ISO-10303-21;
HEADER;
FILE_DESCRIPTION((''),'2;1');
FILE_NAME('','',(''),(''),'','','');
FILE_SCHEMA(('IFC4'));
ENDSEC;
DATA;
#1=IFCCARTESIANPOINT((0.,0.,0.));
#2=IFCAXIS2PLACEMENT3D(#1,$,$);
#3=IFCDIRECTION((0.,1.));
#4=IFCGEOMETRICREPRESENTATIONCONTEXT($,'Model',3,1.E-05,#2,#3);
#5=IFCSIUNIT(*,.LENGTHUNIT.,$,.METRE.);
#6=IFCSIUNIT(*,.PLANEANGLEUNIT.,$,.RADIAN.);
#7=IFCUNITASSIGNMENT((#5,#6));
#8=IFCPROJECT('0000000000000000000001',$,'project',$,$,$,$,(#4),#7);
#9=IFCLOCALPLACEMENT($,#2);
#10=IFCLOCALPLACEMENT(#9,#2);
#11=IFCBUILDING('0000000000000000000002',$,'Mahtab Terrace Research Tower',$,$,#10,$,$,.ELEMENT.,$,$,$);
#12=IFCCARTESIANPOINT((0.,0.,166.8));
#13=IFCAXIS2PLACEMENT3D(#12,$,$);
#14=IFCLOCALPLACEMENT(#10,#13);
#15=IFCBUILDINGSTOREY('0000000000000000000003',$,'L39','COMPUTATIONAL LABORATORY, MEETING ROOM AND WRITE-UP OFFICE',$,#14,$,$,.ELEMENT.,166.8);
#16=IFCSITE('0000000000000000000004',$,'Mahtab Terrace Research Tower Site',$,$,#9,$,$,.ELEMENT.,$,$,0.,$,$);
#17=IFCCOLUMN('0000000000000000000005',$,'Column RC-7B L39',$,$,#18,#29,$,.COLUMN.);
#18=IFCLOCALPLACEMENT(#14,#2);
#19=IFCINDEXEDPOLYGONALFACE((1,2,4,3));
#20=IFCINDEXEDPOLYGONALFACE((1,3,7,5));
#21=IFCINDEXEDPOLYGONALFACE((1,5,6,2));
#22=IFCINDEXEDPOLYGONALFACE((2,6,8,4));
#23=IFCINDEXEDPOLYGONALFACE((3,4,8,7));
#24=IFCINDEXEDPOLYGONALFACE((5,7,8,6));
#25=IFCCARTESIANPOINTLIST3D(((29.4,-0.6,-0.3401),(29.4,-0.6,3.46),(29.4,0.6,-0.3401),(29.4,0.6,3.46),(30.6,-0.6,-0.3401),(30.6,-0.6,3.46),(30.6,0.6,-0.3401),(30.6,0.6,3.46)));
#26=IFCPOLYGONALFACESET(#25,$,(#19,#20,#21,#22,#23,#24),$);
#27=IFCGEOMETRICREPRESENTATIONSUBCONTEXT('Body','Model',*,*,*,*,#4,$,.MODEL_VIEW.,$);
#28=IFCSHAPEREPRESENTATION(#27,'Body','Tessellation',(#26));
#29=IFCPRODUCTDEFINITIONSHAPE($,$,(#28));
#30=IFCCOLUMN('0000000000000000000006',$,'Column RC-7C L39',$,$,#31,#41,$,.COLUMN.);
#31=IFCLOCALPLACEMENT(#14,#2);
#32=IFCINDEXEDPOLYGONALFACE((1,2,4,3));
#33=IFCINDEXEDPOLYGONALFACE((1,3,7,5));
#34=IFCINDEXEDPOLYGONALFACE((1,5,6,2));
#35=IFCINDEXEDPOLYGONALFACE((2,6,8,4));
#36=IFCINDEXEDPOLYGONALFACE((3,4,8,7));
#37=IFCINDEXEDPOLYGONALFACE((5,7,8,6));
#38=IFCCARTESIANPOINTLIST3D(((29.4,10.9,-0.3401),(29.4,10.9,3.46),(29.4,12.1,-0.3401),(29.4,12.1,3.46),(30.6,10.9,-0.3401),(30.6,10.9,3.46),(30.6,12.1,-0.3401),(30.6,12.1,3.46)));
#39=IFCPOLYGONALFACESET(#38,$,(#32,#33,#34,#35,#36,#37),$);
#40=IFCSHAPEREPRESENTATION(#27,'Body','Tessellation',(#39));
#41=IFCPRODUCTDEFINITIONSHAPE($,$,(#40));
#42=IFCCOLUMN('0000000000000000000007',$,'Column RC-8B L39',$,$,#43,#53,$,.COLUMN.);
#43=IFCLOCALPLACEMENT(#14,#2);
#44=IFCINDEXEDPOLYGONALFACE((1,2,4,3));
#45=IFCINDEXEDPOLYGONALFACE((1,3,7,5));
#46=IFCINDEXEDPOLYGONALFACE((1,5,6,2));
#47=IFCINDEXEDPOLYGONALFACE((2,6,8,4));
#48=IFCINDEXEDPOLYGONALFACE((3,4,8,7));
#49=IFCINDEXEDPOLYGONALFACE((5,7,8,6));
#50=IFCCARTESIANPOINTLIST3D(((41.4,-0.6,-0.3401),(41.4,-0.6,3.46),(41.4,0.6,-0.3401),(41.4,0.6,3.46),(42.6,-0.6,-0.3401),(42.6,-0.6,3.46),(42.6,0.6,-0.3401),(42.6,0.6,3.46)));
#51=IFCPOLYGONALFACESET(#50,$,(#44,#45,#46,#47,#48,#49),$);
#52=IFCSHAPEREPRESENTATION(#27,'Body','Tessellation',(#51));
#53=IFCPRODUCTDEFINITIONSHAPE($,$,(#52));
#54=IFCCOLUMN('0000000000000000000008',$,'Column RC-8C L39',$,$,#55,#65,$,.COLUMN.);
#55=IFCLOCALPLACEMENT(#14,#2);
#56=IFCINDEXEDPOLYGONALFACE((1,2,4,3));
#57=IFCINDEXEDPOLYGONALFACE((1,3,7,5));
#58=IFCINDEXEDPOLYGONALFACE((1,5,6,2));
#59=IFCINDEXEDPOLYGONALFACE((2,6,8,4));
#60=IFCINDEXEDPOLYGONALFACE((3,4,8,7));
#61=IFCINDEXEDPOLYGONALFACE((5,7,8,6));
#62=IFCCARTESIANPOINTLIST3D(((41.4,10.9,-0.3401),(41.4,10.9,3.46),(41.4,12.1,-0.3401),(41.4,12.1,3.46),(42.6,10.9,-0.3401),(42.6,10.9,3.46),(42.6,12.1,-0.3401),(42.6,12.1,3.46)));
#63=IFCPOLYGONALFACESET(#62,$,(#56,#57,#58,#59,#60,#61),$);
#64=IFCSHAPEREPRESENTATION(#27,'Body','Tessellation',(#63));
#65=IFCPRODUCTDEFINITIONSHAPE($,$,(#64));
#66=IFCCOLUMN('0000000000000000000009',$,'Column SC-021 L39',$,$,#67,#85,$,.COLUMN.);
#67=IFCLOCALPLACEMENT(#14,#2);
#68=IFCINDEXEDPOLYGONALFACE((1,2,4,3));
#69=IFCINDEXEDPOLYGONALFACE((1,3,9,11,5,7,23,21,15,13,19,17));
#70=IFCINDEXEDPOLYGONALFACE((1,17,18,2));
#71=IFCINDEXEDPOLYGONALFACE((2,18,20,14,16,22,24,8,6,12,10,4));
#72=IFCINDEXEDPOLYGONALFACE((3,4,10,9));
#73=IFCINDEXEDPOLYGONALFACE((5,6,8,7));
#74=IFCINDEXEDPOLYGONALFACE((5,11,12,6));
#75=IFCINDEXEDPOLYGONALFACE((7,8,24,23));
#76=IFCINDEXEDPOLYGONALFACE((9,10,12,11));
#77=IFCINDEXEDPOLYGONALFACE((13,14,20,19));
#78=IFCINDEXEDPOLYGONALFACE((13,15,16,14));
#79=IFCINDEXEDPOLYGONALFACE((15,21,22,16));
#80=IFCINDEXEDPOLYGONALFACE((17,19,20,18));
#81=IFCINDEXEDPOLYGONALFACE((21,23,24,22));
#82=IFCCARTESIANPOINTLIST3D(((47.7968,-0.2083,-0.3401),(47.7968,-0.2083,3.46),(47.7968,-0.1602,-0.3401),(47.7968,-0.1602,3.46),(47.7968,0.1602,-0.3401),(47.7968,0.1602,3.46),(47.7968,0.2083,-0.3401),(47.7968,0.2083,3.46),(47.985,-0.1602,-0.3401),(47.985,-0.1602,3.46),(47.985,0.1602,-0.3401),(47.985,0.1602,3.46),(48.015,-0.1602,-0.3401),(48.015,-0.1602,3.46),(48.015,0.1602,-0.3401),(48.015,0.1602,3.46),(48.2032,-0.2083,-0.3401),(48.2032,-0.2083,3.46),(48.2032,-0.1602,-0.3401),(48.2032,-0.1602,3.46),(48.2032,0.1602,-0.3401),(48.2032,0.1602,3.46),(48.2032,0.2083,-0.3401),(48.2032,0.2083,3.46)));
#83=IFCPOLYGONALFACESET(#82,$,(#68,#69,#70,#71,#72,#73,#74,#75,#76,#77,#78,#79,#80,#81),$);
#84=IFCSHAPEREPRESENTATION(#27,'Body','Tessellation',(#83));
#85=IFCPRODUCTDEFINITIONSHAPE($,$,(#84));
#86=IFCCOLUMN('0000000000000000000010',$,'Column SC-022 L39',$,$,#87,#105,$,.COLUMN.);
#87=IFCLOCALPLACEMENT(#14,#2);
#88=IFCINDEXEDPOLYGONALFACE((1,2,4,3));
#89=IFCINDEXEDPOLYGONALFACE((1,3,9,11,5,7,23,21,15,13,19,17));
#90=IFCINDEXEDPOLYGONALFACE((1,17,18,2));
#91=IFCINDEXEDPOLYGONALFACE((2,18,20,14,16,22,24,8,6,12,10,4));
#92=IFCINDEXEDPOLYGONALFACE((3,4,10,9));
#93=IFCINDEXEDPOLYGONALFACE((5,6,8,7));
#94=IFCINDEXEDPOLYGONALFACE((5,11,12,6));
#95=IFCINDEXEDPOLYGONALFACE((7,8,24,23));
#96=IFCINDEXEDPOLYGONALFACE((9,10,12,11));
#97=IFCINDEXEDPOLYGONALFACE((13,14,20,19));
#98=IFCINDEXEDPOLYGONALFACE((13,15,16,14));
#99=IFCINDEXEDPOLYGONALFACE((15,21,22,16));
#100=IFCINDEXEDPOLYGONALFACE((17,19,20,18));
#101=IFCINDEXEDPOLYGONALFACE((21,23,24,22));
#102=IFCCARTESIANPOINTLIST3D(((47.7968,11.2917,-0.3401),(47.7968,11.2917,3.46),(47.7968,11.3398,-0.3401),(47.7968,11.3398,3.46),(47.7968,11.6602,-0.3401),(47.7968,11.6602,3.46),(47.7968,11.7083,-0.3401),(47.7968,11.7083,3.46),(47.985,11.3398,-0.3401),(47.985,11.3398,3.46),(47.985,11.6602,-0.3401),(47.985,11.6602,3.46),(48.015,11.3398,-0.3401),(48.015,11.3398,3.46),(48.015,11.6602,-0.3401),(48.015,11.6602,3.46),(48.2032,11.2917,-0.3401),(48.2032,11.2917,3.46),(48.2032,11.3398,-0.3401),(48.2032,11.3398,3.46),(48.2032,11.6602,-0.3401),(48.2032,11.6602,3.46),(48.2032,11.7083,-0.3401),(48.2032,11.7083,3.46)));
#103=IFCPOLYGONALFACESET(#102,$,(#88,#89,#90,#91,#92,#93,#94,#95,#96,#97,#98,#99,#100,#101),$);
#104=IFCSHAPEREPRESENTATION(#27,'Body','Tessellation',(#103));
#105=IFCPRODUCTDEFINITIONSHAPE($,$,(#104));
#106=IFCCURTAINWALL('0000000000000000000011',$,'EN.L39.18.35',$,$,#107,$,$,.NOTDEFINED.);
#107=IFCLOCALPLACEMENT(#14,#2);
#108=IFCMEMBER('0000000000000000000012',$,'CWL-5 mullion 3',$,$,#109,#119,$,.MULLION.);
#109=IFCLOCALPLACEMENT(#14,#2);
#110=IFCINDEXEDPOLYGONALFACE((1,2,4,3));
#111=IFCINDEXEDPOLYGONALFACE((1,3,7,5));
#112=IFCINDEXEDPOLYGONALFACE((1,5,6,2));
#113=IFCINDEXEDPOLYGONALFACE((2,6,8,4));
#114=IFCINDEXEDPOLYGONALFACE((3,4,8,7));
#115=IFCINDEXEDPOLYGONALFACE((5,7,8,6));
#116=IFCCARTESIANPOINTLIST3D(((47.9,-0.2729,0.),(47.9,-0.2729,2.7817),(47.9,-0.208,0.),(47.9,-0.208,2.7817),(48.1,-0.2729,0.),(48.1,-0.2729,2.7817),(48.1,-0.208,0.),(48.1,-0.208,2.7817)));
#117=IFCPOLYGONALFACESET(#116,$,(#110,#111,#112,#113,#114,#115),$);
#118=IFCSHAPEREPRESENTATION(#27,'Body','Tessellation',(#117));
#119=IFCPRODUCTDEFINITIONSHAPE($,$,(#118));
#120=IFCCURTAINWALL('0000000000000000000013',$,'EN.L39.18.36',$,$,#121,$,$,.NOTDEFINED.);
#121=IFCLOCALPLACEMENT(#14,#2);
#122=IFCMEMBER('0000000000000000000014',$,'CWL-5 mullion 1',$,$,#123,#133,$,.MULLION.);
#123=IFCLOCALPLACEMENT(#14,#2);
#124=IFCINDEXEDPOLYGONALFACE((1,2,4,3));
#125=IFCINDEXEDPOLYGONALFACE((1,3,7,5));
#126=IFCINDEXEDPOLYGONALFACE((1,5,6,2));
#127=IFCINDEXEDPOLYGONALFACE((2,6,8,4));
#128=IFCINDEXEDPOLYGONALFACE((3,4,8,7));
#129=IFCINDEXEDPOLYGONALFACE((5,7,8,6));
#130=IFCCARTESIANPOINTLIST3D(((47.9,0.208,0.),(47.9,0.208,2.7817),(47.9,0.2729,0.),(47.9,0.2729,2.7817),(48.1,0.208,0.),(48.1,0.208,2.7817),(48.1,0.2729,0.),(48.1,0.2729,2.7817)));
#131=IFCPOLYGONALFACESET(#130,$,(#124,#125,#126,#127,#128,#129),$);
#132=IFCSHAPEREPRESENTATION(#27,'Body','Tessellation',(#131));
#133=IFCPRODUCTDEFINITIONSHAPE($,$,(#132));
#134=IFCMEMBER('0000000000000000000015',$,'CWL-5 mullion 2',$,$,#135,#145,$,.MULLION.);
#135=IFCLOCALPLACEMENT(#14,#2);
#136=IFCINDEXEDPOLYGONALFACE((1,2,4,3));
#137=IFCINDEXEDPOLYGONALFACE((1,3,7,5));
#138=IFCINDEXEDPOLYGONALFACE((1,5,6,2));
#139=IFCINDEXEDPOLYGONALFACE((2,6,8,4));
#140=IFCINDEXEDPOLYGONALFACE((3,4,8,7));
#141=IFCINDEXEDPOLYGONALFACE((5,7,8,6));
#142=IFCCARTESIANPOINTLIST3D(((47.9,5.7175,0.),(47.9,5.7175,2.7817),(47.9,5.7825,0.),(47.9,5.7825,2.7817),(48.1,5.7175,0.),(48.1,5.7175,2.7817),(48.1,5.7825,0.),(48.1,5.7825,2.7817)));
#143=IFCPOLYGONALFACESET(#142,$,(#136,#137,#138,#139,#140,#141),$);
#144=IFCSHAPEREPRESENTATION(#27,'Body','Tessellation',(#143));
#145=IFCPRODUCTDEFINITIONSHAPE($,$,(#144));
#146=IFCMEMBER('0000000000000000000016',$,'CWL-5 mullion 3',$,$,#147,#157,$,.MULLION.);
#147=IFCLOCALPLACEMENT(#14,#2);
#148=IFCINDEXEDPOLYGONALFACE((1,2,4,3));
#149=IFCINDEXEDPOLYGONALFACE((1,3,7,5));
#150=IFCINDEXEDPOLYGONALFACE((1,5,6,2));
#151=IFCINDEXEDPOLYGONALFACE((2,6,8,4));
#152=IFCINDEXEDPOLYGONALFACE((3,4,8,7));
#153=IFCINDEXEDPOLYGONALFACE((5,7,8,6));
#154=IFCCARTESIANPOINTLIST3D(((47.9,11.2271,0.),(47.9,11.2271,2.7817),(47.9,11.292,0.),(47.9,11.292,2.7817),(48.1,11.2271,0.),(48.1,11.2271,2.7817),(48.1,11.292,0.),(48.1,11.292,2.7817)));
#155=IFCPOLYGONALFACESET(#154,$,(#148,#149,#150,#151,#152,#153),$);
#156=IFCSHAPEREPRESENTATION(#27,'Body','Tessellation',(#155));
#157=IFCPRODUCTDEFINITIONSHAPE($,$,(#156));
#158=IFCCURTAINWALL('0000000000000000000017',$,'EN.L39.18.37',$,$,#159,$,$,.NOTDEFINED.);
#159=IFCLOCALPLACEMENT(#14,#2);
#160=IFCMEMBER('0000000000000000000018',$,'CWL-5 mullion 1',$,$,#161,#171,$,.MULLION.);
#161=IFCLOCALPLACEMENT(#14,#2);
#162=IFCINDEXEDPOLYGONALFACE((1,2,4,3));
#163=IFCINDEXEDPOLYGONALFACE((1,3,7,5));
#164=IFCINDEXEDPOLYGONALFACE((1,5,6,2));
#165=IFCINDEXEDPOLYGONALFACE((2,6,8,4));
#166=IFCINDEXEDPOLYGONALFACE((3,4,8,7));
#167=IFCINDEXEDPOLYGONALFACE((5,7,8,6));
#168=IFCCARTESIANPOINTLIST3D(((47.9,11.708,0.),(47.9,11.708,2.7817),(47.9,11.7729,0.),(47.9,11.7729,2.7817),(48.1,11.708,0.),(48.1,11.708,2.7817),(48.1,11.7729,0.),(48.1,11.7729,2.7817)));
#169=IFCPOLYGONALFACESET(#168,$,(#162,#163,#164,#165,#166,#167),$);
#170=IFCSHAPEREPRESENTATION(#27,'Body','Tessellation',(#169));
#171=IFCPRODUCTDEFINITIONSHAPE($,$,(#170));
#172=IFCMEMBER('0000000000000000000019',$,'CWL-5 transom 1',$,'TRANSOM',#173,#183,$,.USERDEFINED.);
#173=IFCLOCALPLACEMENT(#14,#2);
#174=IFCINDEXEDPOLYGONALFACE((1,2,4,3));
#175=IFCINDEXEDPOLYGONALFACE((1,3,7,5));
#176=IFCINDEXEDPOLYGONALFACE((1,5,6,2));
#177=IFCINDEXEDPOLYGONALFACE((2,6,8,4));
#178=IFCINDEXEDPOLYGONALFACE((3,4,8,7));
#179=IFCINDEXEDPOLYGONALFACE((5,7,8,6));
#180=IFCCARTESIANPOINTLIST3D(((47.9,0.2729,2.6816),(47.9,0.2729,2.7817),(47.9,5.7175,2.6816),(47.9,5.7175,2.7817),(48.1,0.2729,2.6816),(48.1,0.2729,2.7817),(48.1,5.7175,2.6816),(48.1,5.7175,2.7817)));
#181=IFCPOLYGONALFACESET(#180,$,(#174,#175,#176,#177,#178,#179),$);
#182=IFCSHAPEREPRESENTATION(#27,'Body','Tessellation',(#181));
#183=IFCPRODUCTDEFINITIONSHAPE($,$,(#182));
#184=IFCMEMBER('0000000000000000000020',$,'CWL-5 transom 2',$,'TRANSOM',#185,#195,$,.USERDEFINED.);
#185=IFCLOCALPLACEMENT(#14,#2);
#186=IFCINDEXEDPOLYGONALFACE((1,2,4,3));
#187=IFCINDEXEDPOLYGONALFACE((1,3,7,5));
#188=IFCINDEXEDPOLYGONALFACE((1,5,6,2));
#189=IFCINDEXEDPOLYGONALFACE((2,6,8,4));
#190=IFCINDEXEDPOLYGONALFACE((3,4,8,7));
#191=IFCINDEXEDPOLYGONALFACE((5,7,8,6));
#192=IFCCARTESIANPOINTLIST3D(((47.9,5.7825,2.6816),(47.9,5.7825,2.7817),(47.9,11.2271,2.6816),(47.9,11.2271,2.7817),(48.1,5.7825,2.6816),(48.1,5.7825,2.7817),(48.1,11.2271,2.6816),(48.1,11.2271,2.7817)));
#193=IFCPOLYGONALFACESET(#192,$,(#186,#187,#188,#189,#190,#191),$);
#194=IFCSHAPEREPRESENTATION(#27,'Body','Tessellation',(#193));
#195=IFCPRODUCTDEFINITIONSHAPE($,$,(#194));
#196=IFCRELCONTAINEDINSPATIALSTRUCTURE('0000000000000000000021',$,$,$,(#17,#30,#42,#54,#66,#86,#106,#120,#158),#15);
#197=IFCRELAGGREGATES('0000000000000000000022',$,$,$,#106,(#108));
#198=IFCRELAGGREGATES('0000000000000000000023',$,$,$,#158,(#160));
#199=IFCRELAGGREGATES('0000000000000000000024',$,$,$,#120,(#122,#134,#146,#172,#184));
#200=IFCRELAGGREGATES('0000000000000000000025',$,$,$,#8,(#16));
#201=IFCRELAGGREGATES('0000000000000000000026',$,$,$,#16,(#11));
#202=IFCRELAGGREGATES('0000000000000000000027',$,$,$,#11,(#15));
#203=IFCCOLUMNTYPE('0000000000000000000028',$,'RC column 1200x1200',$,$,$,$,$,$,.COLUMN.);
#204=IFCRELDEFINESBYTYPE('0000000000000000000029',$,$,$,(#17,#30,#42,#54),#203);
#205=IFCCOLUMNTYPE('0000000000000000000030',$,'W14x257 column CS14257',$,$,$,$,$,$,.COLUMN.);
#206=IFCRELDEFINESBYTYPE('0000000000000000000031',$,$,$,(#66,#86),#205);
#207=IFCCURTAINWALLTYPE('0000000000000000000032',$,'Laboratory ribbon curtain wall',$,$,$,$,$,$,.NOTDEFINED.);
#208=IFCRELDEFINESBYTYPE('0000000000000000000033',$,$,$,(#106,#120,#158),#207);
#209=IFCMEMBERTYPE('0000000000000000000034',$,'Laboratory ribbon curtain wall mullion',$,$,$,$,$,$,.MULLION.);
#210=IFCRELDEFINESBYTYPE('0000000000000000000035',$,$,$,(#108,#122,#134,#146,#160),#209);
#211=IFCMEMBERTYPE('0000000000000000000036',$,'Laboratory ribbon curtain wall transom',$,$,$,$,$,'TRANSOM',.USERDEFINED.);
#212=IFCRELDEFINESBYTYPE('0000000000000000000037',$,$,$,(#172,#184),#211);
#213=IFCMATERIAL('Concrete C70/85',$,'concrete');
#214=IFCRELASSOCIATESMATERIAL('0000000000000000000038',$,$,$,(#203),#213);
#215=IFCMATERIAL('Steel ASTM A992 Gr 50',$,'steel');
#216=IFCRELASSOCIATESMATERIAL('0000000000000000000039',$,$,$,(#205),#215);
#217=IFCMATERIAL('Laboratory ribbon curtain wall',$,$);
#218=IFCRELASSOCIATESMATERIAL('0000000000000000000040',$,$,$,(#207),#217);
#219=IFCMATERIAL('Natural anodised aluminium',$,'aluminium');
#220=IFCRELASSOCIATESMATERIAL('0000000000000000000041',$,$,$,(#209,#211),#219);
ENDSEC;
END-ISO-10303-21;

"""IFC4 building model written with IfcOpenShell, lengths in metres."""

from ifc_helpers import new_model, si_unit, direction, frame, origin, origin_2d, place, context, subcontext, project, spatial, rectangle, i_section, extrude, material, material_profile, profile_set, type_object, element, aggregate, save


model = new_model("IFC4")

# Units and contexts
model_context = context("Model", 3, precision=1e-05, world=origin(), true_north=direction((0.0, 1.0)))
body_context = subcontext(model_context, "Body", "Model", "MODEL_VIEW")
ifc_project = project(units=[si_unit("LENGTHUNIT", "METRE"), si_unit("PLANEANGLEUNIT", "RADIAN")], contexts=[model_context])

# Site, building, storey
site_placement = place(None, origin())
site = spatial("IfcSite", under=ifc_project, at=site_placement, Name="Mahtab Terrace Research Tower Site", CompositionType="ELEMENT", RefElevation=0.0)
building_placement = place(site_placement, origin())
building = spatial("IfcBuilding", under=site, at=building_placement, Name="Mahtab Terrace Research Tower", CompositionType="ELEMENT")
storey_placement = place(building_placement, frame((0.0, 0.0, 166.8)))
storey = spatial("IfcBuildingStorey", under=building, at=storey_placement, Name="L39", Description="COMPUTATIONAL LABORATORY, MEETING ROOM AND WRITE-UP OFFICE", CompositionType="ELEMENT", Elevation=166.8)

# Columns
ifc_material_1 = material(Name="Concrete C70/85", Category="concrete")
ifc_material_profile_1 = material_profile(ifc_material_1, rectangle(XDim=1.2, YDim=1.2, at=origin_2d()), Name="RC column 1200x1200")
ifc_profile_set_1 = profile_set([ifc_material_profile_1], Name="Concrete C70/85")
column_type_1 = type_object("IfcColumnType", Name="RC column 1200x1200", PredefinedType="COLUMN", material=ifc_profile_set_1)
for number, where, z_axis, x_axis, name in (
    (1, (30.0, 0.0, -0.3401), (0.0, 0.0, 1.0), (1.0, 0.0, 0.0), "Column RC-7B L39"),
    (2, (30.0, 11.5, -0.3401), (0.0, 0.0, 1.0), (1.0, 0.0, 0.0), "Column RC-7C L39"),
    (3, (42.0, 0.0, -0.3401), (0.0, 0.0, 1.0), (1.0, 0.0, 0.0), "Column RC-8B L39"),
    (4, (42.0, 11.5, -0.3401), (0.0, 0.0, 1.0), (1.0, 0.0, 0.0), "Column RC-8C L39"),
):
    element("IfcColumn", number, at=place(storey_placement, frame(where, z_axis=z_axis, x_axis=x_axis)), inside=storey, type_object=column_type_1, Name=name, PredefinedType="COLUMN", context=body_context, shape_type="SweptSolid", body=[
        extrude(rectangle(XDim=1.2, YDim=1.2, at=origin_2d()), origin(), (0.0, 0.0, 1.0), 3.8),
    ])
ifc_material_2 = material(Name="Steel ASTM A992 Gr 50", Category="steel")
ifc_material_profile_2 = material_profile(ifc_material_2, i_section(OverallWidth=0.4065, OverallDepth=0.4165, WebThickness=0.03, FlangeThickness=0.0481, at=origin_2d()), Name="W14X257")
ifc_profile_set_2 = profile_set([ifc_material_profile_2], Name="Steel ASTM A992 Gr 50")
column_type_2 = type_object("IfcColumnType", Name="W14x257 column CS14257", PredefinedType="COLUMN", material=ifc_profile_set_2)
for number, where, z_axis, x_axis, name in (
    (5, (48.0, 0.0, -0.3401), (0.0, 0.0, 1.0), (1.0, 0.0, 0.0), "Column SC-021 L39"),
    (6, (48.0, 11.5, -0.3401), (0.0, 0.0, 1.0), (1.0, 0.0, 0.0), "Column SC-022 L39"),
):
    element("IfcColumn", number, at=place(storey_placement, frame(where, z_axis=z_axis, x_axis=x_axis)), inside=storey, type_object=column_type_2, Name=name, PredefinedType="COLUMN", context=body_context, shape_type="SweptSolid", body=[
        extrude(i_section(OverallWidth=0.4065, OverallDepth=0.4165, WebThickness=0.03, FlangeThickness=0.0481, at=origin_2d()), origin(), (0.0, 0.0, 1.0), 3.8),
    ])

# Curtain wall, member
ifc_material_3 = material(Name="Laboratory ribbon curtain wall")
curtain_wall_type = type_object("IfcCurtainWallType", Name="Laboratory ribbon curtain wall", PredefinedType="NOTDEFINED", material=ifc_material_3)
curtain_wall_1_placement = place(storey_placement, origin())
curtain_wall_1 = element("IfcCurtainWall", 7, at=curtain_wall_1_placement, inside=storey, type_object=curtain_wall_type, Name="EN.L39.18.35", PredefinedType="NOTDEFINED")
ifc_material_4 = material(Name="Natural anodised aluminium", Category="aluminium")
ifc_material_profile_3 = material_profile(ifc_material_4, rectangle(XDim=0.2, YDim=0.0649, at=origin_2d()), Name="MULLION 65x200")
ifc_profile_set_3 = profile_set([ifc_material_profile_3], Name="Natural anodised aluminium")
member_type_1 = type_object("IfcMemberType", Name="Laboratory ribbon curtain wall mullion", PredefinedType="MULLION", material=ifc_profile_set_3)
member_1_placement = place(storey_placement, frame((48.0, -0.2405, 0.0), z_axis=(0.0, 0.0, 1.0), x_axis=(-1.0, 0.0, 0.0)))
member_1 = element("IfcMember", 8, at=member_1_placement, type_object=member_type_1, Name="CWL-5 mullion 3", PredefinedType="MULLION", context=body_context, shape_type="SweptSolid", body=[
    extrude(rectangle(XDim=0.2, YDim=0.0649, at=origin_2d()), origin(), (0.0, 0.0, 1.0), 2.7817),
])
aggregate(curtain_wall_1, [member_1])

# Curtain wall, members
curtain_wall_2_placement = place(storey_placement, origin())
curtain_wall_2 = element("IfcCurtainWall", 9, at=curtain_wall_2_placement, inside=storey, type_object=curtain_wall_type, Name="EN.L39.18.36", PredefinedType="NOTDEFINED")
member_2_placement = place(storey_placement, frame((48.0, 0.2405, 0.0), z_axis=(0.0, 0.0, 1.0), x_axis=(-1.0, 0.0, 0.0)))
member_2 = element("IfcMember", 10, at=member_2_placement, type_object=member_type_1, Name="CWL-5 mullion 1", PredefinedType="MULLION", context=body_context, shape_type="SweptSolid", body=[
    extrude(rectangle(XDim=0.2, YDim=0.0649, at=origin_2d()), origin(), (0.0, 0.0, 1.0), 2.7817),
])
member_3_placement = place(storey_placement, frame((48.0, 5.75, 0.0), z_axis=(0.0, 0.0, 1.0), x_axis=(-1.0, 0.0, 0.0)))
member_3 = element("IfcMember", 11, at=member_3_placement, type_object=member_type_1, Name="CWL-5 mullion 2", PredefinedType="MULLION", context=body_context, shape_type="SweptSolid", body=[
    extrude(rectangle(XDim=0.2, YDim=0.0649, at=origin_2d()), origin(), (0.0, 0.0, 1.0), 2.7817),
])
member_4_placement = place(storey_placement, frame((48.0, 11.2595, 0.0), z_axis=(0.0, 0.0, 1.0), x_axis=(-1.0, 0.0, 0.0)))
member_4 = element("IfcMember", 12, at=member_4_placement, type_object=member_type_1, Name="CWL-5 mullion 3", PredefinedType="MULLION", context=body_context, shape_type="SweptSolid", body=[
    extrude(rectangle(XDim=0.2, YDim=0.0649, at=origin_2d()), origin(), (0.0, 0.0, 1.0), 2.7817),
])

# Curtain wall, member
curtain_wall_3_placement = place(storey_placement, origin())
curtain_wall_3 = element("IfcCurtainWall", 13, at=curtain_wall_3_placement, inside=storey, type_object=curtain_wall_type, Name="EN.L39.18.37", PredefinedType="NOTDEFINED")
member_5_placement = place(storey_placement, frame((48.0, 11.7405, 0.0), z_axis=(0.0, 0.0, 1.0), x_axis=(-1.0, 0.0, 0.0)))
member_5 = element("IfcMember", 14, at=member_5_placement, type_object=member_type_1, Name="CWL-5 mullion 1", PredefinedType="MULLION", context=body_context, shape_type="SweptSolid", body=[
    extrude(rectangle(XDim=0.2, YDim=0.0649, at=origin_2d()), origin(), (0.0, 0.0, 1.0), 2.7817),
])
aggregate(curtain_wall_3, [member_5])

# Members
ifc_material_profile_4 = material_profile(ifc_material_4, rectangle(XDim=0.2, YDim=0.1001, at=origin_2d()), Name="TRANSOM 100x200")
ifc_profile_set_4 = profile_set([ifc_material_profile_4], Name="Natural anodised aluminium")
member_type_2 = type_object("IfcMemberType", Name="Laboratory ribbon curtain wall transom", ElementType="TRANSOM", PredefinedType="USERDEFINED", material=ifc_profile_set_4)
member_6_placement = place(storey_placement, frame((48.0, 0.2729, 2.7317), z_axis=(0.0, 1.0, 0.0), x_axis=(-1.0, 0.0, 0.0)))
member_6 = element("IfcMember", 15, at=member_6_placement, type_object=member_type_2, Name="CWL-5 transom 1", ObjectType="TRANSOM", PredefinedType="USERDEFINED", context=body_context, shape_type="SweptSolid", body=[
    extrude(rectangle(XDim=0.2, YDim=0.1001, at=origin_2d()), origin(), (0.0, 0.0, 1.0), 5.4446),
])
member_7_placement = place(storey_placement, frame((48.0, 5.7825, 2.7317), z_axis=(0.0, 1.0, 0.0), x_axis=(-1.0, 0.0, 0.0)))
member_7 = element("IfcMember", 16, at=member_7_placement, type_object=member_type_2, Name="CWL-5 transom 2", ObjectType="TRANSOM", PredefinedType="USERDEFINED", context=body_context, shape_type="SweptSolid", body=[
    extrude(rectangle(XDim=0.2, YDim=0.1001, at=origin_2d()), origin(), (0.0, 0.0, 1.0), 5.4446),
])

aggregate(curtain_wall_2, [member_2, member_3, member_4, member_6, member_7])

save(model, "model.ifc")
